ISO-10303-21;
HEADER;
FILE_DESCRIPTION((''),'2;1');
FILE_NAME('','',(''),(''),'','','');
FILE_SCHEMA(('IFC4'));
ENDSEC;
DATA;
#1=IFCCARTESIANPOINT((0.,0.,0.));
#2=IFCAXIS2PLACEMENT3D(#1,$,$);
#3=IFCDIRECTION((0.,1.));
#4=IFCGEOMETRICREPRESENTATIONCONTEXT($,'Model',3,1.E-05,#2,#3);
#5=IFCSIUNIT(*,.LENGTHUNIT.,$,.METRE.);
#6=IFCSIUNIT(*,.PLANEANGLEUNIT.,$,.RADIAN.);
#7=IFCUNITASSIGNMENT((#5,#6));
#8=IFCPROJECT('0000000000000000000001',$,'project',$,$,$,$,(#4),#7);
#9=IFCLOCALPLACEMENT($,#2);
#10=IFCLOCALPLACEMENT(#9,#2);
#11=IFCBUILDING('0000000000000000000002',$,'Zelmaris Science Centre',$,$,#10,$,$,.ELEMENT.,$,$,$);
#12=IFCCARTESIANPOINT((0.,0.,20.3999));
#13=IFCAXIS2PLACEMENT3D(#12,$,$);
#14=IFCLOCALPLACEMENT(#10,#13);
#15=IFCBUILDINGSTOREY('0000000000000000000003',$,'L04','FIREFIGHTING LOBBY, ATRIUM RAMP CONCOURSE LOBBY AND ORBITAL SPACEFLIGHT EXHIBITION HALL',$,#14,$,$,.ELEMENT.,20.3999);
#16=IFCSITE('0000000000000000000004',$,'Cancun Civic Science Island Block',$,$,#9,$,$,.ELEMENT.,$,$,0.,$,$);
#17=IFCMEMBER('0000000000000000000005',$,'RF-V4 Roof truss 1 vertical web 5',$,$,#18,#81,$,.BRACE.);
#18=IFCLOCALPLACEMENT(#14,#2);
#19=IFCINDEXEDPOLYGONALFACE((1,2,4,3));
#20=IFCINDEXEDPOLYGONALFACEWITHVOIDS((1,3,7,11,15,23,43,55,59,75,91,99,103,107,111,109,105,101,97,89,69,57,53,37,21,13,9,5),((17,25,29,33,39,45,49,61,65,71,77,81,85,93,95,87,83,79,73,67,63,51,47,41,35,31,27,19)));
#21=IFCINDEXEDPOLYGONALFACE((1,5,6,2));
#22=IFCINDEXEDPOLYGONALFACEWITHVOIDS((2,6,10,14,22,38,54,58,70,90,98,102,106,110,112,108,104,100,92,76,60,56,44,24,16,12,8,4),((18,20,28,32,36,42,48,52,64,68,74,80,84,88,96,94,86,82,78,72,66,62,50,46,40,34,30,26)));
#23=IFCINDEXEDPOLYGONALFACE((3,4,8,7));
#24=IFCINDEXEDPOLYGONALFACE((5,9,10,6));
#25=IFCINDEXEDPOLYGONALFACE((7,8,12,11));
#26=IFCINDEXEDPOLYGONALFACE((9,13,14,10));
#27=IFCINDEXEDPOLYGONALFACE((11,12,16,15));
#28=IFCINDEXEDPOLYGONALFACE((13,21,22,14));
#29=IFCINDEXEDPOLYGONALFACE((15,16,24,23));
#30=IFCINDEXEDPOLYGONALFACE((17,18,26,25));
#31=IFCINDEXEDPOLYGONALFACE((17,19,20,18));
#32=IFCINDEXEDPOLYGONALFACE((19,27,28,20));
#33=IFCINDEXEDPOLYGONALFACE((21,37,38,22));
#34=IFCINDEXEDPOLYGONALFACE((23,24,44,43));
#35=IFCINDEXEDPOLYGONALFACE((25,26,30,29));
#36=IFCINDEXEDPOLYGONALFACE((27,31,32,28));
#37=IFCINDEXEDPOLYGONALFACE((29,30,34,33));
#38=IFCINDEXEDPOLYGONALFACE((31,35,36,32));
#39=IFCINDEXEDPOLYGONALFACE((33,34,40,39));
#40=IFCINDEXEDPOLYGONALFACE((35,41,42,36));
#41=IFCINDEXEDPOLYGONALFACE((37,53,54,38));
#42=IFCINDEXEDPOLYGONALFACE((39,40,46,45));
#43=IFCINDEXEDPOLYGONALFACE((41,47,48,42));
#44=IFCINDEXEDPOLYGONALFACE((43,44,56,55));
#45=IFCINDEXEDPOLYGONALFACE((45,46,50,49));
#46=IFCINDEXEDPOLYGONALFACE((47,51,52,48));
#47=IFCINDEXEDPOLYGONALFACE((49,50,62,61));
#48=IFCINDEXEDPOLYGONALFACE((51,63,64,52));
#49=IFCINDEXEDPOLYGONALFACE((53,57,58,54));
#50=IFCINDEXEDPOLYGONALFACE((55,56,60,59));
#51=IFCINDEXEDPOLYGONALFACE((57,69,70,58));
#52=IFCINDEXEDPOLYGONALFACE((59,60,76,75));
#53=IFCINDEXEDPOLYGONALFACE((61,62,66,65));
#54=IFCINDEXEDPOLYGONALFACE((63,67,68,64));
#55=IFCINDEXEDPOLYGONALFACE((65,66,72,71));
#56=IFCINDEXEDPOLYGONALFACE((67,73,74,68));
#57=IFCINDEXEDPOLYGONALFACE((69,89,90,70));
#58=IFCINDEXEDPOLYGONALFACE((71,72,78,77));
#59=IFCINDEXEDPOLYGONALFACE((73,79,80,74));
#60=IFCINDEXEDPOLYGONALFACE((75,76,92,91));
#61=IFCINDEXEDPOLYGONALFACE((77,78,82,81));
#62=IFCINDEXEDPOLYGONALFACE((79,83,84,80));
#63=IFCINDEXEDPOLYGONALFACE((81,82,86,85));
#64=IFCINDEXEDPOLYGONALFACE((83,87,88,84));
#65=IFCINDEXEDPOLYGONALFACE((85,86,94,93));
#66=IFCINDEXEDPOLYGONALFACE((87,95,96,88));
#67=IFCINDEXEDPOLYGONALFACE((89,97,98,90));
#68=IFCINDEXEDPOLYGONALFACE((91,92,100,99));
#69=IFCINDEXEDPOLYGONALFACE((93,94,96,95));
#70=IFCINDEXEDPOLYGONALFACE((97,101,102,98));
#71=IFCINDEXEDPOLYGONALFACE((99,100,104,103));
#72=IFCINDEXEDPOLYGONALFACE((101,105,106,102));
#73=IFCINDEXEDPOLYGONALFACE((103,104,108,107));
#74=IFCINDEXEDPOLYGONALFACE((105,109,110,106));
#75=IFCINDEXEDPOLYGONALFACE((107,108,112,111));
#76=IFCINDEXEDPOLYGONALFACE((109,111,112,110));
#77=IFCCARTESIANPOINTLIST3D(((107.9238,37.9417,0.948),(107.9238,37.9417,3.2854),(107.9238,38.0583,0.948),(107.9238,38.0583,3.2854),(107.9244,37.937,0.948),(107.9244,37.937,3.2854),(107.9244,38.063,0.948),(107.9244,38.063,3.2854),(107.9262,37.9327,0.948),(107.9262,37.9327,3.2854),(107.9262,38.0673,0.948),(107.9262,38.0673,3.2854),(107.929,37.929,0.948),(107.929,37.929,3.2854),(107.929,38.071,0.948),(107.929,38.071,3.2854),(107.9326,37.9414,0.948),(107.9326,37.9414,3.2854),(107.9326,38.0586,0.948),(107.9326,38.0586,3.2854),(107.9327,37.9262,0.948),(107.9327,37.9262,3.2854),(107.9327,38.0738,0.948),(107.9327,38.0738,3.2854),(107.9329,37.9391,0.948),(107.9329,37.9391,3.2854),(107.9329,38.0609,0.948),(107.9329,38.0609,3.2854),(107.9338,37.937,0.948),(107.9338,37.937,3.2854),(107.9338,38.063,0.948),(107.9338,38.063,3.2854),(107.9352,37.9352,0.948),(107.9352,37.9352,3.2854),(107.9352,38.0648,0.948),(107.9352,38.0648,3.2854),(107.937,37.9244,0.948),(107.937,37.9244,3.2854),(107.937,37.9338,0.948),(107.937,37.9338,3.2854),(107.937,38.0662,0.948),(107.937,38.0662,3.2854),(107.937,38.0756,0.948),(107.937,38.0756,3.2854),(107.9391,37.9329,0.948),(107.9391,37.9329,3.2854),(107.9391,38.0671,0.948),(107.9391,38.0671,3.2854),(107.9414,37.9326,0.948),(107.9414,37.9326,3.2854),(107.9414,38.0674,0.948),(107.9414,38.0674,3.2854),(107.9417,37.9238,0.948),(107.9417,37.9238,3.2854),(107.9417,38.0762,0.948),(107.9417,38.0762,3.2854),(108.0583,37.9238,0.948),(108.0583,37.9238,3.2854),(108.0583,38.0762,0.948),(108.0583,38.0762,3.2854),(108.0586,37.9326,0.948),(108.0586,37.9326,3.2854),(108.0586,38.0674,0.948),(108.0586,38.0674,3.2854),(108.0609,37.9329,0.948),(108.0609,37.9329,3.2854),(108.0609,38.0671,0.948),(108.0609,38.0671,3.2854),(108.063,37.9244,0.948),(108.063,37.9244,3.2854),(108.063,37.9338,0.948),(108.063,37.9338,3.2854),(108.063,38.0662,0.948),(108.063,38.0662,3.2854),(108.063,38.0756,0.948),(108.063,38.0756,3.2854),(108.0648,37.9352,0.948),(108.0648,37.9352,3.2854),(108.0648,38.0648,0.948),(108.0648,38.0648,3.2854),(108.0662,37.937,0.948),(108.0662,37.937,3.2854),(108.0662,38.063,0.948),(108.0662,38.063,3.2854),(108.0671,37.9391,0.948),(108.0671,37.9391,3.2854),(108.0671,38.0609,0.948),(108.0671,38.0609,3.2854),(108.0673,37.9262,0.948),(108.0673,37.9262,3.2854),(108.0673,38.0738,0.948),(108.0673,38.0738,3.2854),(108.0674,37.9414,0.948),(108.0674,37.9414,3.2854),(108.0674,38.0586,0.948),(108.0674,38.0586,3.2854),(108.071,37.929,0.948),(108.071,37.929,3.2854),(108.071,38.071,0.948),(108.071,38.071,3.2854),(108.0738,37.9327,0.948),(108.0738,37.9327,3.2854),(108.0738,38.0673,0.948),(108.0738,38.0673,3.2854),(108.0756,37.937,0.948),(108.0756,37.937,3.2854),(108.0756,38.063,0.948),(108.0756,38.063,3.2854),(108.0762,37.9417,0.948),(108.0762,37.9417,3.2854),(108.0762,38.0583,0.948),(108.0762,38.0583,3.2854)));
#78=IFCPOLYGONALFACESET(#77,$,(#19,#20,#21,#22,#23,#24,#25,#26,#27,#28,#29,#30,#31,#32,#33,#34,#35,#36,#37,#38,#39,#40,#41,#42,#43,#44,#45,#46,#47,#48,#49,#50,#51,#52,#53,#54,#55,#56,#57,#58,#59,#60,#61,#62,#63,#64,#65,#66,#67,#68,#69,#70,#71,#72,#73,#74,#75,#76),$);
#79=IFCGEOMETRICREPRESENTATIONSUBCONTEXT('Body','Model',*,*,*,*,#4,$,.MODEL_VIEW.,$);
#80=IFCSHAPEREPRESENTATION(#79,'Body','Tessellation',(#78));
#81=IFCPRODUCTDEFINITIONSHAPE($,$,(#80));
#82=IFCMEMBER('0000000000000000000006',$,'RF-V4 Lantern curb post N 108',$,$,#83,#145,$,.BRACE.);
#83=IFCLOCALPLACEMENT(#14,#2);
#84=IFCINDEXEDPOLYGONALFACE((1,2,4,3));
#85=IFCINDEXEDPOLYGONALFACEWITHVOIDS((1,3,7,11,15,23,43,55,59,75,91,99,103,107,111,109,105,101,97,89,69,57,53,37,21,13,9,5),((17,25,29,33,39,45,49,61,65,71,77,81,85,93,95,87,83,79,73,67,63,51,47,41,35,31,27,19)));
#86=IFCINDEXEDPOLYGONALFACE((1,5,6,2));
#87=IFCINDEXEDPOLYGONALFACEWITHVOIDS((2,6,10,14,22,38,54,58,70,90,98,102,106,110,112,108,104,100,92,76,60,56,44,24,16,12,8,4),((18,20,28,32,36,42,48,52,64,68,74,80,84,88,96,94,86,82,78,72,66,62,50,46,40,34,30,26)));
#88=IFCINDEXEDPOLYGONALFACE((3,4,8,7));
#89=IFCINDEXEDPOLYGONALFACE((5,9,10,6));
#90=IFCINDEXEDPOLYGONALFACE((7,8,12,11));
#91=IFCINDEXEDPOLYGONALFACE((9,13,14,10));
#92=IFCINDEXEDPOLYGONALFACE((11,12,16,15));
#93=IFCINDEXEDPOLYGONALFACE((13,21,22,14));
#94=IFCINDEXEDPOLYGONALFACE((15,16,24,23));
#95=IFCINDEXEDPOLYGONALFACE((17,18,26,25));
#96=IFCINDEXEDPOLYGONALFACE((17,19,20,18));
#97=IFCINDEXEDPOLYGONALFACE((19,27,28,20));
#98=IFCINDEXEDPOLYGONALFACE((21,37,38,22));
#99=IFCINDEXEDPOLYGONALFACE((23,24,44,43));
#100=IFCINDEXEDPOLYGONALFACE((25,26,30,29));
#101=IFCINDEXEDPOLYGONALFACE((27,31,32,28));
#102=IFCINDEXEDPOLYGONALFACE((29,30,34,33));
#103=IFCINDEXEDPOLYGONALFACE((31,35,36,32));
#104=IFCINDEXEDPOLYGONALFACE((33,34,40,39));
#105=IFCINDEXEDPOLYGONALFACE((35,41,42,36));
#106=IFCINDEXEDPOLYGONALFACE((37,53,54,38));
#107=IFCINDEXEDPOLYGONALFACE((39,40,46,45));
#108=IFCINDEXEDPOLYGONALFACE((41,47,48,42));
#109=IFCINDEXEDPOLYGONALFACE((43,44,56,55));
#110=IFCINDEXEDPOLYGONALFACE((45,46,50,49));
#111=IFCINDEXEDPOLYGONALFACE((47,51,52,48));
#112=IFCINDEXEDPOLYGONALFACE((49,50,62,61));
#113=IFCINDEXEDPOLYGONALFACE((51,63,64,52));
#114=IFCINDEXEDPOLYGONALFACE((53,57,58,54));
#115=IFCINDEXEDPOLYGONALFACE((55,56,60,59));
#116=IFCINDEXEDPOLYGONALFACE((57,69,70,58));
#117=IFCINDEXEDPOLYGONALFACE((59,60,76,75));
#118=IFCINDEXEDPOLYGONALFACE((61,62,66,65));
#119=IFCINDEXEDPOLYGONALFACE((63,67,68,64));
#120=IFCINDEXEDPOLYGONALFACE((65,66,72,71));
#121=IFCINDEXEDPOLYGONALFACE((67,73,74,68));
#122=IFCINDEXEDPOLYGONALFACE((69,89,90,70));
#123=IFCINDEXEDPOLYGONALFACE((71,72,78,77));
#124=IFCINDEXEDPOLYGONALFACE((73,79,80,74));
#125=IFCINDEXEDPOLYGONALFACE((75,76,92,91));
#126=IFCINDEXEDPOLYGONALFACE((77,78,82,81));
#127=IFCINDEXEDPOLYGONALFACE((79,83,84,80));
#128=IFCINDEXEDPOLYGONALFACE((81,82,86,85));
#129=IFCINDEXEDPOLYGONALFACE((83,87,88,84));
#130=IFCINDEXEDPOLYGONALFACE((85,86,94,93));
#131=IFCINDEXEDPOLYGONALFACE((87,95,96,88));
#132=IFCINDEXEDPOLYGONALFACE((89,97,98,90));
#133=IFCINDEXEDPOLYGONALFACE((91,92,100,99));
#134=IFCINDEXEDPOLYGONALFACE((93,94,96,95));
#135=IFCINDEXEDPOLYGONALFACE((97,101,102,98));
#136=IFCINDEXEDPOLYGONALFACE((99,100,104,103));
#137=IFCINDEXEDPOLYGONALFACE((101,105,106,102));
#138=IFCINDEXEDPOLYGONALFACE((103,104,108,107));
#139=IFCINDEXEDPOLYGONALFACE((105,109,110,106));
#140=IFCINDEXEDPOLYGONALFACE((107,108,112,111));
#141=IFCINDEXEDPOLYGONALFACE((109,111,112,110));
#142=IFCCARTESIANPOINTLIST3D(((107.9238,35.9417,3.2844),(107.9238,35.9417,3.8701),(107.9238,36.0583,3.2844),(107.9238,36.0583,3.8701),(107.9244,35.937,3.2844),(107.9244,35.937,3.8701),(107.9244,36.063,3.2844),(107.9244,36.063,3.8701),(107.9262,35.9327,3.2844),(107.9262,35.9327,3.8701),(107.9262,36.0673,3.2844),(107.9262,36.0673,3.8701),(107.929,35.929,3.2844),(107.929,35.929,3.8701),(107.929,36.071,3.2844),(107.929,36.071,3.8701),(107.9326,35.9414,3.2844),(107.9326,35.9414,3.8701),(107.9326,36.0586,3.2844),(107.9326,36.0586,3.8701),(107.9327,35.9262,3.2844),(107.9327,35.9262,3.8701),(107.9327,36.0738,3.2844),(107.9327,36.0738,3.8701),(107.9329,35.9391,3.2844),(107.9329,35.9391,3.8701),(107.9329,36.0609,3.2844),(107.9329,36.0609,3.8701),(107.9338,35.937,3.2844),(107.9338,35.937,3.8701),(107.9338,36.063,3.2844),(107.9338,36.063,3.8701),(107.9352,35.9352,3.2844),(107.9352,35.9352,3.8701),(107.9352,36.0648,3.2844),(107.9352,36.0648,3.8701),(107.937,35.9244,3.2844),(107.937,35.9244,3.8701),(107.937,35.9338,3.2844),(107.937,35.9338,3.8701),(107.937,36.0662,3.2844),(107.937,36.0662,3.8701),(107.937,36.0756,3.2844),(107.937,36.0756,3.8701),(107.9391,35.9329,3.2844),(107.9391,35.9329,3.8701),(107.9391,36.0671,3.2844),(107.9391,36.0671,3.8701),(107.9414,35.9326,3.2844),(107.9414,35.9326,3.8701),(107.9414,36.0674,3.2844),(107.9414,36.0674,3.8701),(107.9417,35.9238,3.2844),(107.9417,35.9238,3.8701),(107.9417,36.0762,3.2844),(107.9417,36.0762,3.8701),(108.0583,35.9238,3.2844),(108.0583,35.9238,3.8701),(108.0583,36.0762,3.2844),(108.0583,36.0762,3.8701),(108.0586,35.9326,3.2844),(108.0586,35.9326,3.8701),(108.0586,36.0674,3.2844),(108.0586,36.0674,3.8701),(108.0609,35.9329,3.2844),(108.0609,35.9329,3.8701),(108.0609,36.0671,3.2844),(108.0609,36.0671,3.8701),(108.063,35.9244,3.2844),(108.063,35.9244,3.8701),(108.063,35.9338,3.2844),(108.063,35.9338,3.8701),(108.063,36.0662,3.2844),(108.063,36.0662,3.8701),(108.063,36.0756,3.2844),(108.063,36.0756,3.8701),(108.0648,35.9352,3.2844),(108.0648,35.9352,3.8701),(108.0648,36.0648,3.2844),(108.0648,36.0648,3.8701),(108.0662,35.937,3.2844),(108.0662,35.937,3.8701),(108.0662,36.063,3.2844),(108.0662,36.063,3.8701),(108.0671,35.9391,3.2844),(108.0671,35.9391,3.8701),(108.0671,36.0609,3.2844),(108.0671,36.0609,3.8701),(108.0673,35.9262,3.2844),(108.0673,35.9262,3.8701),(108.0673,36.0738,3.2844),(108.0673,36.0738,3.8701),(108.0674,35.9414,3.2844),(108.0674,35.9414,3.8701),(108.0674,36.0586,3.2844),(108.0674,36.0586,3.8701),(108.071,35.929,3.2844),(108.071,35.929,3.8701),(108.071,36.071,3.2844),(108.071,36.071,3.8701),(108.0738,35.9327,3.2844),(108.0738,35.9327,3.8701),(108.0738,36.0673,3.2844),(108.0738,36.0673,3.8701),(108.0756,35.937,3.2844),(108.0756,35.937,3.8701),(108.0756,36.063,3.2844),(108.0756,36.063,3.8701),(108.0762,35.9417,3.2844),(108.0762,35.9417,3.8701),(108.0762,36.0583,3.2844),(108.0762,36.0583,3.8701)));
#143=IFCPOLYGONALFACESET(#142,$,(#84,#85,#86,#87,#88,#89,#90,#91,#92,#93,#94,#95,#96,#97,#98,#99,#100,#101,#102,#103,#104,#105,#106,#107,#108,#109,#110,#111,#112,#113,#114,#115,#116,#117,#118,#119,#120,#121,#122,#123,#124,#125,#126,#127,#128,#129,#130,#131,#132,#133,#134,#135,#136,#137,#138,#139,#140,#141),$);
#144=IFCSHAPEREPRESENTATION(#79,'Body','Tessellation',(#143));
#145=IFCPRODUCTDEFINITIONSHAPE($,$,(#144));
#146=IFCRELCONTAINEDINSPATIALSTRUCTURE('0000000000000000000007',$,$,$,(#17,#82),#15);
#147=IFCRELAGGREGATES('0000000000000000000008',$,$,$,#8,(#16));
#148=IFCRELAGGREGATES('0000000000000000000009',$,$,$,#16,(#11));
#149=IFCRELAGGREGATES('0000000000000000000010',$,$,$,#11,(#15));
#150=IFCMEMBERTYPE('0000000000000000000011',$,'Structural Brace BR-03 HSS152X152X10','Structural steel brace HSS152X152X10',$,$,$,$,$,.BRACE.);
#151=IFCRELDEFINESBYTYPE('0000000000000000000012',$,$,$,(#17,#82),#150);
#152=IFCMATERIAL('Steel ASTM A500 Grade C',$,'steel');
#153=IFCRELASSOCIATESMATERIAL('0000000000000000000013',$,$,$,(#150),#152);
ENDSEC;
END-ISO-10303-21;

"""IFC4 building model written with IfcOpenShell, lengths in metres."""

from ifc_helpers import new_model, si_unit, direction, frame, origin, origin_2d, place, context, subcontext, project, spatial, hollow_rectangle, extrude, material, material_profile, profile_set, type_object, element, save


model = new_model("IFC4")

# Units and contexts
model_context = context("Model", 3, precision=1e-05, world=origin(), true_north=direction((0.0, 1.0)))
body_context = subcontext(model_context, "Body", "Model", "MODEL_VIEW")
ifc_project = project(units=[si_unit("LENGTHUNIT", "METRE"), si_unit("PLANEANGLEUNIT", "RADIAN")], contexts=[model_context])

# Site, building, storey
site_placement = place(None, origin())
site = spatial("IfcSite", under=ifc_project, at=site_placement, Name="Cancun Civic Science Island Block", CompositionType="ELEMENT", RefElevation=0.0)
building_placement = place(site_placement, origin())
building = spatial("IfcBuilding", under=site, at=building_placement, Name="Zelmaris Science Centre", CompositionType="ELEMENT")
storey_placement = place(building_placement, frame((0.0, 0.0, 20.3999)))
storey = spatial("IfcBuildingStorey", under=building, at=storey_placement, Name="L04", Description="FIREFIGHTING LOBBY, ATRIUM RAMP CONCOURSE LOBBY AND ORBITAL SPACEFLIGHT EXHIBITION HALL", CompositionType="ELEMENT", Elevation=20.3999)

# Shared definitions
ifc_material_1 = material(Name="Steel ASTM A500 Grade C", Category="steel")

# Members
ifc_material_profile_1 = material_profile(ifc_material_1, hollow_rectangle(XDim=0.1523, YDim=0.1523, WallThickness=0.0088, InnerFilletRadius=0.0088, OuterFilletRadius=0.0178, at=origin_2d()), Name="HSS152X152X10")
ifc_profile_set_1 = profile_set([ifc_material_profile_1], Name="Steel ASTM A500 Grade C")
member_type_1 = type_object("IfcMemberType", Name="Structural Brace BR-03 HSS152X152X10", Description="Structural steel brace HSS152X152X10", PredefinedType="BRACE", material=ifc_profile_set_1)
member_1_placement = place(storey_placement, frame((108.0, 38.0, 0.948), z_axis=(0.0, 0.0, 1.0), x_axis=(1.0, 0.0, 0.0)))
element("IfcMember", 1, at=member_1_placement, inside=storey, type_object=member_type_1, Name="RF-V4 Roof truss 1 vertical web 5", PredefinedType="BRACE", context=body_context, shape_type="SweptSolid", body=[
    extrude(hollow_rectangle(XDim=0.1523, YDim=0.1523, WallThickness=0.0088, InnerFilletRadius=0.0088, OuterFilletRadius=0.0178, at=origin_2d()), origin(), (0.0, 0.0, 1.0), 2.3374),
])
member_2_placement = place(storey_placement, frame((108.0, 36.0, 3.2844), z_axis=(0.0, 0.0, 1.0), x_axis=(1.0, 0.0, 0.0)))
element("IfcMember", 2, at=member_2_placement, inside=storey, type_object=member_type_1, Name="RF-V4 Lantern curb post N 108", PredefinedType="BRACE", context=body_context, shape_type="SweptSolid", body=[
    extrude(hollow_rectangle(XDim=0.1523, YDim=0.1523, WallThickness=0.0088, InnerFilletRadius=0.0088, OuterFilletRadius=0.0178, at=origin_2d()), origin(), (0.0, 0.0, 1.0), 0.5857),
])

save(model, "model.ifc")
